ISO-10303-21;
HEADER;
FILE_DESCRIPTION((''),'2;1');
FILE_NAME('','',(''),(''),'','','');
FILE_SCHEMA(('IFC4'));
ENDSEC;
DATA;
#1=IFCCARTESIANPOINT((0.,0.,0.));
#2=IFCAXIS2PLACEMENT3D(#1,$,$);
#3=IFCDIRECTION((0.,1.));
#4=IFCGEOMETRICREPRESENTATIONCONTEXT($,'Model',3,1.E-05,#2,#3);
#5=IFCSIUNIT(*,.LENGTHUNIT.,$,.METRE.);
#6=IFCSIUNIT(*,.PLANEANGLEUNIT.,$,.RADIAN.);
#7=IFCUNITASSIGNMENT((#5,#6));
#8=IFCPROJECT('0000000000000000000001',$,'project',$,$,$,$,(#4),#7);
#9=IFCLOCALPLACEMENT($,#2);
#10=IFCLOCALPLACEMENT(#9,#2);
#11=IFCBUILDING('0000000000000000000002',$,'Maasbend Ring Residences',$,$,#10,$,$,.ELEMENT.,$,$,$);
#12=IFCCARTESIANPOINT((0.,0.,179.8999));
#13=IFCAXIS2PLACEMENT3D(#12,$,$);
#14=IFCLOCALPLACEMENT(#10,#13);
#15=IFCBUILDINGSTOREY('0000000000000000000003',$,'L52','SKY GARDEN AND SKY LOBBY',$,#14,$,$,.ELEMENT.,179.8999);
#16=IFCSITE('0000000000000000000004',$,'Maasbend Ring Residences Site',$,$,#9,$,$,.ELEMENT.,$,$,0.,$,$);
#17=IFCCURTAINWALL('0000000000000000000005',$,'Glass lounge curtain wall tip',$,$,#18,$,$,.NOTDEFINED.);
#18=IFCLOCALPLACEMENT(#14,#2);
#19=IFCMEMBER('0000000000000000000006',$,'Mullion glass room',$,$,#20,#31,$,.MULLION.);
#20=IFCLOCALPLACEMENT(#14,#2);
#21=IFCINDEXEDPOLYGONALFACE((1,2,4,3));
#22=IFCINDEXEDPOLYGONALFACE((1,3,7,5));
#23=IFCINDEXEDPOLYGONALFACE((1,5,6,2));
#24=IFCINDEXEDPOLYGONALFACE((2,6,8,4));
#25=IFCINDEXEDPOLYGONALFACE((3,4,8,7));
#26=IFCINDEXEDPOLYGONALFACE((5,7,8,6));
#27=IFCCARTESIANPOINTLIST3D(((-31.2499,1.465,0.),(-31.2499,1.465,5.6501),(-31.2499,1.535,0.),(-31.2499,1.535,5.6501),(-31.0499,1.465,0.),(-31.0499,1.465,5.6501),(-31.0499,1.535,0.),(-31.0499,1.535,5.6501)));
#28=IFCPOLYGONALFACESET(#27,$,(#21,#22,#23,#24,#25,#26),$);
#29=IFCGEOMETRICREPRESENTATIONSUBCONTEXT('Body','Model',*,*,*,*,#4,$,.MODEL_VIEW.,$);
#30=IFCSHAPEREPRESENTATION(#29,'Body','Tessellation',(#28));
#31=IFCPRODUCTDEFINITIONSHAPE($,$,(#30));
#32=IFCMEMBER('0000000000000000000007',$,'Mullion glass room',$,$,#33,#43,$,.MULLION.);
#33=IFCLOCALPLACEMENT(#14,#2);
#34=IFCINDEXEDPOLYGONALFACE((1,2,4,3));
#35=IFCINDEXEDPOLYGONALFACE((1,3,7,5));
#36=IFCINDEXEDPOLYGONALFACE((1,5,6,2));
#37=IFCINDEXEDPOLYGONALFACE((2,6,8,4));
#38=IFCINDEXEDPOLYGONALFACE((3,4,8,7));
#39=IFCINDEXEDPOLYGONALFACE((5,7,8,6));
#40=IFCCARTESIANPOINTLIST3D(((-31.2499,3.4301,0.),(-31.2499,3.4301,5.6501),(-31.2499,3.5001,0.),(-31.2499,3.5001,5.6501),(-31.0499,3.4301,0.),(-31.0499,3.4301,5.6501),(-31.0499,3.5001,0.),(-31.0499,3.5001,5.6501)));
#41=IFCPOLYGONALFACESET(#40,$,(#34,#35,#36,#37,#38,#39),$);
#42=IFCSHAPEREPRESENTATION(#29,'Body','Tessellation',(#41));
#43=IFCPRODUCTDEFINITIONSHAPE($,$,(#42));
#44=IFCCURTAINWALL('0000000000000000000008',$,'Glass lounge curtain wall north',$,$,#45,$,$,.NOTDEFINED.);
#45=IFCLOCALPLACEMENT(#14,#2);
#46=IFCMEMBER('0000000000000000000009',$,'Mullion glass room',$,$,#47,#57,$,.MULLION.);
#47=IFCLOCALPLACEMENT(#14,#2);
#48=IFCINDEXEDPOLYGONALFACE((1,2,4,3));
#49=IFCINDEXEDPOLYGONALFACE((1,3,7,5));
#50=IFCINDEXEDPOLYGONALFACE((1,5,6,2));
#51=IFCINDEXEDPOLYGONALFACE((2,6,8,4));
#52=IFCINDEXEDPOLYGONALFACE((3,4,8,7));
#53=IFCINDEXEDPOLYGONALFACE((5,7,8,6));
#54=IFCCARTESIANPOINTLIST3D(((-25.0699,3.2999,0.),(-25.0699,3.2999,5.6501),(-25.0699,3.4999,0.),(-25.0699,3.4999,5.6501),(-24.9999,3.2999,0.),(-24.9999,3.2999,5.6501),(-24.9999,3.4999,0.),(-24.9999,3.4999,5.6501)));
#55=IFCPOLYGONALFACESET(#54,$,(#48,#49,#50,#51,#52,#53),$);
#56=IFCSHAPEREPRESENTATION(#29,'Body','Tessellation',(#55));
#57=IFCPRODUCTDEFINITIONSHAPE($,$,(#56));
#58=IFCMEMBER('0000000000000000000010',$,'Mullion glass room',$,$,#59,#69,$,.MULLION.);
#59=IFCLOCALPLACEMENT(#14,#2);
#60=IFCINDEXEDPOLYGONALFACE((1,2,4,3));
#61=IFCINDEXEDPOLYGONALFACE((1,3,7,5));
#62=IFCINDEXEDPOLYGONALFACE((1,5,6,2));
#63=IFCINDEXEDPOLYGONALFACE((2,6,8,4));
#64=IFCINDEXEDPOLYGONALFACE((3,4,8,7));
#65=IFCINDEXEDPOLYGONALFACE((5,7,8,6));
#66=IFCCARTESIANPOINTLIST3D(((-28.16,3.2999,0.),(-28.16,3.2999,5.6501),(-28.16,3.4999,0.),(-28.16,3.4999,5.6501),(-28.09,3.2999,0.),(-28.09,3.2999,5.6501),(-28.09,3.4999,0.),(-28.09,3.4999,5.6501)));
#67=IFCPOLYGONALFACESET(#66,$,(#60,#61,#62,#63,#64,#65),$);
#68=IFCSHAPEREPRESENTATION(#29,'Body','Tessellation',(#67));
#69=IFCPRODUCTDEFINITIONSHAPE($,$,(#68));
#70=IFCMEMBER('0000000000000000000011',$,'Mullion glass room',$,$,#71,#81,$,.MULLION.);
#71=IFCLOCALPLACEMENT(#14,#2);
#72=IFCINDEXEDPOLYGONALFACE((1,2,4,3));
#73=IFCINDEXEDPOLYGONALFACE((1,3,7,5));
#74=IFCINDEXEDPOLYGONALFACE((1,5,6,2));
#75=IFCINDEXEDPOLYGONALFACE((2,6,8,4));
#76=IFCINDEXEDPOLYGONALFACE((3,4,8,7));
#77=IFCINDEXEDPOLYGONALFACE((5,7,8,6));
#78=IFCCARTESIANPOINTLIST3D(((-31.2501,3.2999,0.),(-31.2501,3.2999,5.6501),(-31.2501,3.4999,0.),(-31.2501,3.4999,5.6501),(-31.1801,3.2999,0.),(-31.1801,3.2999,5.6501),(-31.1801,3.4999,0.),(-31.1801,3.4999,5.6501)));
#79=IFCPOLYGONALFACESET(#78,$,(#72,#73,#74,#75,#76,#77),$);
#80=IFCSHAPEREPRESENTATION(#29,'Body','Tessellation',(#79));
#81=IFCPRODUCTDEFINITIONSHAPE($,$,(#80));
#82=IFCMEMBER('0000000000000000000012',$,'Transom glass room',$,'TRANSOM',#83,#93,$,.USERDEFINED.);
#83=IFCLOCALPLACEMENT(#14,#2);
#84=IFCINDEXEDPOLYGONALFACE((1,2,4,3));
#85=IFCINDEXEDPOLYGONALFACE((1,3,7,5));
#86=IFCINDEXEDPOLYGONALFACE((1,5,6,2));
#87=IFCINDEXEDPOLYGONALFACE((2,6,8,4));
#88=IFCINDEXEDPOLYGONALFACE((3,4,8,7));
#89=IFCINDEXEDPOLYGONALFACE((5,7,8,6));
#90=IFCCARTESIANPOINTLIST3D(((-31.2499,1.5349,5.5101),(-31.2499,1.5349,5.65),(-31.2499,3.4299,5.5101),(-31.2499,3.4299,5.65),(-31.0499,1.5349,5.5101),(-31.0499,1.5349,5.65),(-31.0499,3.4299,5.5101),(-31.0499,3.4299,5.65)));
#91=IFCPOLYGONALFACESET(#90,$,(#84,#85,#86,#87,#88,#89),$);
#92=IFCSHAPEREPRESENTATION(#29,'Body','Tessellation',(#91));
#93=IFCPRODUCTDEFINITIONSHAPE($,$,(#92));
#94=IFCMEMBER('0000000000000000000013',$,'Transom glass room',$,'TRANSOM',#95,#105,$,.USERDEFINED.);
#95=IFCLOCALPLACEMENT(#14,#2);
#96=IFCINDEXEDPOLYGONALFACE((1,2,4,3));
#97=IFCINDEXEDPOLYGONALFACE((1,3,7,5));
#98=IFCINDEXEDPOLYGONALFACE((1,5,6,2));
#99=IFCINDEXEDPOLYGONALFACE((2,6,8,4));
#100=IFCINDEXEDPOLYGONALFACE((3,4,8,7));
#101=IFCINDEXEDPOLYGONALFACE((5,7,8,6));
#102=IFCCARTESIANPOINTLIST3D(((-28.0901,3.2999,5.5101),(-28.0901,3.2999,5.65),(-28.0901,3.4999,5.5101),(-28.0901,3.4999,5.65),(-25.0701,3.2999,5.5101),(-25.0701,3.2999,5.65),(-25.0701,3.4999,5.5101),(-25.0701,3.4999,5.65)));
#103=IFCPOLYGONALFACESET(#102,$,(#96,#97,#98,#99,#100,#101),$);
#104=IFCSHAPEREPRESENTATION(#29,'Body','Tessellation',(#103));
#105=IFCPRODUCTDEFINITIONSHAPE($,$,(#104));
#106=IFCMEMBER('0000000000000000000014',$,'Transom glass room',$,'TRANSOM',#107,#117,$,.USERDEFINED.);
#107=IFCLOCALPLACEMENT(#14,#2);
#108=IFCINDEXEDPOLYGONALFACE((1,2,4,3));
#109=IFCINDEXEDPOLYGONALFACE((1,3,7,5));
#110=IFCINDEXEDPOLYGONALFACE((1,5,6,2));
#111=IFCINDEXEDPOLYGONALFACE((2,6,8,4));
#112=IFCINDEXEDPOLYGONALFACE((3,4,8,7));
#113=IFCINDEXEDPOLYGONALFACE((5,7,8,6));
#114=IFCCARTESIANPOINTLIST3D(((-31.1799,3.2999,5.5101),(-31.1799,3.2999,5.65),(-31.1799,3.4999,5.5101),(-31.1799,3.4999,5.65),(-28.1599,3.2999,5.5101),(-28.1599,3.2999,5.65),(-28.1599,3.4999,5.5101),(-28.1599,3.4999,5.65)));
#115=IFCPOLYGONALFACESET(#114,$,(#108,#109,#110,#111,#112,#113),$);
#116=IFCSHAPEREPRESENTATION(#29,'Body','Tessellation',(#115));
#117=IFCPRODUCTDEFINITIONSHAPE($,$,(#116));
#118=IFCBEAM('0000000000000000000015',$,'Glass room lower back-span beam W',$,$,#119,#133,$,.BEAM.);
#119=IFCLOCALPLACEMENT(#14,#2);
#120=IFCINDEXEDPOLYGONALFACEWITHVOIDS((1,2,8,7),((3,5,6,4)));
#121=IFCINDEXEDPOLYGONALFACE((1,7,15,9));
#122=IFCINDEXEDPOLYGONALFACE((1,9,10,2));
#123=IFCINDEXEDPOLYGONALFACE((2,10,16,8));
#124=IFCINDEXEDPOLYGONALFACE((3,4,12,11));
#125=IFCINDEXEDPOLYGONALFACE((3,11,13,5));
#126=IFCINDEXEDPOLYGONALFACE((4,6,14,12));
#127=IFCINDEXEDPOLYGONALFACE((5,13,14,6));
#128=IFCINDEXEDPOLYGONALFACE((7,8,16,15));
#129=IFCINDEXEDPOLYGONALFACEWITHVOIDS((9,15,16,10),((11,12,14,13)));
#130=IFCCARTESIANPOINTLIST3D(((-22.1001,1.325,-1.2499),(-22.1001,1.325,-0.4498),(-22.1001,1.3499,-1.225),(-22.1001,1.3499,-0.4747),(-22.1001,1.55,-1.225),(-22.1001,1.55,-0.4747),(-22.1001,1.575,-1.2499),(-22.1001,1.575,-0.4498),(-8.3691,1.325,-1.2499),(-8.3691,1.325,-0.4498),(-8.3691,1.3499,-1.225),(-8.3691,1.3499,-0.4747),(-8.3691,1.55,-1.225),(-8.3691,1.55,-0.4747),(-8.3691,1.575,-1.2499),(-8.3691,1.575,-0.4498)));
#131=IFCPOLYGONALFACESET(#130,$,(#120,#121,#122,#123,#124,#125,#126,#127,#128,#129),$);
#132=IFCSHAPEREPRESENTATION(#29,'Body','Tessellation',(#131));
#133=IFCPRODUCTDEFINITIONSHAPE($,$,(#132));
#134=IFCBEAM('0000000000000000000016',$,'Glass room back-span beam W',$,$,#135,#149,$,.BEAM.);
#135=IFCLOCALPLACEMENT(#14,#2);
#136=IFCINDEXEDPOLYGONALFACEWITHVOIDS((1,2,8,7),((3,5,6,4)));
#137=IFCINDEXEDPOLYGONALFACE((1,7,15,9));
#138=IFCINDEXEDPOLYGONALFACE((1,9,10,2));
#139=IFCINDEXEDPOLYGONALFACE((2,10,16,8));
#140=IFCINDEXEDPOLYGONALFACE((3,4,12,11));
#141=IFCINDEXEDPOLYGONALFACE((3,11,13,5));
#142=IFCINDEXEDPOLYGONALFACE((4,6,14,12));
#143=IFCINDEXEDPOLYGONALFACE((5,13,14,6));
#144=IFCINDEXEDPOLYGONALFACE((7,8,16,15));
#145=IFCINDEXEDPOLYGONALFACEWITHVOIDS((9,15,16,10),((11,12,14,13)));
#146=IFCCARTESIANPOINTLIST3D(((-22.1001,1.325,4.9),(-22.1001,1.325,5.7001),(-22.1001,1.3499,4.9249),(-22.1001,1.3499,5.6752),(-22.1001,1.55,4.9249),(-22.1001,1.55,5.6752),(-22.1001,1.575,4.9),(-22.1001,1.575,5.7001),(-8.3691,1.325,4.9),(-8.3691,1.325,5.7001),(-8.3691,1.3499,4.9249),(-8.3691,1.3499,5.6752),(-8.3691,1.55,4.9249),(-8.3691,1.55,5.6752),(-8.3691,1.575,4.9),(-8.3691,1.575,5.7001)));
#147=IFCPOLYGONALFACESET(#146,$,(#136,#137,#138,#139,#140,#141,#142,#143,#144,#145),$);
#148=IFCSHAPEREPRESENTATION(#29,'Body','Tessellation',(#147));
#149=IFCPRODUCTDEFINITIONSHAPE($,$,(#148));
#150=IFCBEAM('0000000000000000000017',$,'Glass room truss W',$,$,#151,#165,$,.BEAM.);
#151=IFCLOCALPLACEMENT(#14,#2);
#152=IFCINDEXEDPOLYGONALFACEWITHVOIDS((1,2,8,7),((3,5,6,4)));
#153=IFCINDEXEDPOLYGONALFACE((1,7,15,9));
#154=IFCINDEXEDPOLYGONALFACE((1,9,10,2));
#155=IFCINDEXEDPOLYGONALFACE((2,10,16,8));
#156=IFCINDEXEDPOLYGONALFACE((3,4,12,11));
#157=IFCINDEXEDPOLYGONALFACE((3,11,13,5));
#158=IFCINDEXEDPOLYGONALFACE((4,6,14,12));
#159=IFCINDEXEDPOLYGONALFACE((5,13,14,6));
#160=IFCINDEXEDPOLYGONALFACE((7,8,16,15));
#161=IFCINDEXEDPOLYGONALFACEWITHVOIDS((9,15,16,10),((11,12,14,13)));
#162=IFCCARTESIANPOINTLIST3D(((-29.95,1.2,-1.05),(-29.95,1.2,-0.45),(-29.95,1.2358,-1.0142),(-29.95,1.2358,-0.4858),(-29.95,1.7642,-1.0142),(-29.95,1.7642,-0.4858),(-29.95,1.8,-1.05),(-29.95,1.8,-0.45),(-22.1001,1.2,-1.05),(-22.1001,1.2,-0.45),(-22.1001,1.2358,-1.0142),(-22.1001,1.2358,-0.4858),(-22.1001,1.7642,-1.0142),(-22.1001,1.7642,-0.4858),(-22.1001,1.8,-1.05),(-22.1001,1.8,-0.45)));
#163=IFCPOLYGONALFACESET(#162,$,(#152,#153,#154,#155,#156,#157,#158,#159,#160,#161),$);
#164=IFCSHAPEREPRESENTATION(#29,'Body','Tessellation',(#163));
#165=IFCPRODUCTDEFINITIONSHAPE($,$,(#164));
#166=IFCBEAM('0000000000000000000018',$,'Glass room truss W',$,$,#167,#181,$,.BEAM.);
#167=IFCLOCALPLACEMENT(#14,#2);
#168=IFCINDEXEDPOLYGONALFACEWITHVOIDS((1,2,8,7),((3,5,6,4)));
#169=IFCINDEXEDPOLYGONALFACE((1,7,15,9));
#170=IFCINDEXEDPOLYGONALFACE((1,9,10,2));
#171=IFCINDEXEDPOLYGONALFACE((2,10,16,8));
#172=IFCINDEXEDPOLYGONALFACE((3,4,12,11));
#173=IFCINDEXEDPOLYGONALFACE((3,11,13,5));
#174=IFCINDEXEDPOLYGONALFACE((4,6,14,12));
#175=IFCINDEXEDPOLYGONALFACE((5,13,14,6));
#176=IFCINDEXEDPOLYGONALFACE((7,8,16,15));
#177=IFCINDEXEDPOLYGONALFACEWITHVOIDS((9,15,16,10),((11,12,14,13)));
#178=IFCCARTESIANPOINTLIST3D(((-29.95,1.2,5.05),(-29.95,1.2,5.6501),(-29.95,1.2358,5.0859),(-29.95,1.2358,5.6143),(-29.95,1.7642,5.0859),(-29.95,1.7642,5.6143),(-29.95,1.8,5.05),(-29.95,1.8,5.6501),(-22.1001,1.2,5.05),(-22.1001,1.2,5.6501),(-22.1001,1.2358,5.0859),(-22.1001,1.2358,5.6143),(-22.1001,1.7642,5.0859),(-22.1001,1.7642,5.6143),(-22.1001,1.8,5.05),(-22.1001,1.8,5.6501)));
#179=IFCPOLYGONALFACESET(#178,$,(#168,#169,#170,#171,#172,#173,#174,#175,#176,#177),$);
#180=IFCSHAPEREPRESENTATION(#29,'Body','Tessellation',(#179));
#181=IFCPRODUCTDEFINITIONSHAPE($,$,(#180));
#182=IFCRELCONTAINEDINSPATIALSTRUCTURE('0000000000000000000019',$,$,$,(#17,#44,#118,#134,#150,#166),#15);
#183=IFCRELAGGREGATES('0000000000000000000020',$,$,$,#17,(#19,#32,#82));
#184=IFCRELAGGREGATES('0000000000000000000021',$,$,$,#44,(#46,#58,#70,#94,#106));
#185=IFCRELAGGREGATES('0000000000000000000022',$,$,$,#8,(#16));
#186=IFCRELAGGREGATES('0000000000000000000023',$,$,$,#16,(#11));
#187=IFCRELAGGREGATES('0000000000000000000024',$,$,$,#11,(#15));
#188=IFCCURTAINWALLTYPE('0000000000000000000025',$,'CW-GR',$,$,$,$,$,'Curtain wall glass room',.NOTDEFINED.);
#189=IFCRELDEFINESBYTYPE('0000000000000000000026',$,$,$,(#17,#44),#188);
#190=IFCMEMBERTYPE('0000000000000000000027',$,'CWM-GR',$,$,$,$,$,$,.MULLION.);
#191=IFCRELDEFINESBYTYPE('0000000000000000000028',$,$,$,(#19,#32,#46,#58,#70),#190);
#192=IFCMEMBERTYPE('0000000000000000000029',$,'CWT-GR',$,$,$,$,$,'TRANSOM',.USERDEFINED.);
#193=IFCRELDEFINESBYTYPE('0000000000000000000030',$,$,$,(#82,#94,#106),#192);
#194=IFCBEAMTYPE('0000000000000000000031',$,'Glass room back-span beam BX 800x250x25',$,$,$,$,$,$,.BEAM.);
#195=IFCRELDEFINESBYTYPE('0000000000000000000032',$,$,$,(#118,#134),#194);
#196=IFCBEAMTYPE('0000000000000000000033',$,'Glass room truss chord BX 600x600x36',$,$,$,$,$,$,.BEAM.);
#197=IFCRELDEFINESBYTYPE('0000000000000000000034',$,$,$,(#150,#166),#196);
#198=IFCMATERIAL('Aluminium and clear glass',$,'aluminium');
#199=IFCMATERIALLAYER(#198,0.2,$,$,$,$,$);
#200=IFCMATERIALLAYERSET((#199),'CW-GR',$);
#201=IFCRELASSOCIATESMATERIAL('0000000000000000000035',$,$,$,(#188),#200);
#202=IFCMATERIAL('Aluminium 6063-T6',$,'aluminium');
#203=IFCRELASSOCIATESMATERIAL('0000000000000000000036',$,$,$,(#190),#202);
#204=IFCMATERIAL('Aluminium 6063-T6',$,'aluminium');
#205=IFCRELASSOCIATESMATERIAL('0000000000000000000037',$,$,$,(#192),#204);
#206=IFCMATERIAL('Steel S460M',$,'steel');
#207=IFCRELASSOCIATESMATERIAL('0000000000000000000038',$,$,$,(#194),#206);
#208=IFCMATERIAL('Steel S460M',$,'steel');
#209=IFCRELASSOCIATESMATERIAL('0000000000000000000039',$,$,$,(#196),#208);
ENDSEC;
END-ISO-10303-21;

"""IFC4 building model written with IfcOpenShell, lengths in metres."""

from ifc_helpers import new_model, si_unit, direction, frame, origin, origin_2d, place, context, subcontext, project, spatial, rectangle, hollow_rectangle, extrude, material, layer, layer_set, material_profile, profile_set, type_object, element, aggregate, save


model = new_model("IFC4")

# Units and contexts
model_context = context("Model", 3, precision=1e-05, world=origin(), true_north=direction((0.0, 1.0)))
body_context = subcontext(model_context, "Body", "Model", "MODEL_VIEW")
ifc_project = project(units=[si_unit("LENGTHUNIT", "METRE"), si_unit("PLANEANGLEUNIT", "RADIAN")], contexts=[model_context])

# Site, building, storey
site_placement = place(None, origin())
site = spatial("IfcSite", under=ifc_project, at=site_placement, Name="Maasbend Ring Residences Site", CompositionType="ELEMENT", RefElevation=0.0)
building_placement = place(site_placement, origin())
building = spatial("IfcBuilding", under=site, at=building_placement, Name="Maasbend Ring Residences", CompositionType="ELEMENT")
storey_placement = place(building_placement, frame((0.0, 0.0, 179.8999)))
storey = spatial("IfcBuildingStorey", under=building, at=storey_placement, Name="L52", Description="SKY GARDEN AND SKY LOBBY", CompositionType="ELEMENT", Elevation=179.8999)

# Curtain walls, members
ifc_material_1 = material(Name="Aluminium and clear glass", Category="aluminium")
ifc_layer_1 = layer(ifc_material_1, 0.2)
ifc_layer_set_1 = layer_set([ifc_layer_1], Name="CW-GR")
curtain_wall_type = type_object("IfcCurtainWallType", Name="CW-GR", ElementType="Curtain wall glass room", PredefinedType="NOTDEFINED", material=ifc_layer_set_1)
curtain_wall_1_placement = place(storey_placement, origin())
curtain_wall_1 = element("IfcCurtainWall", 1, at=curtain_wall_1_placement, inside=storey, type_object=curtain_wall_type, Name="Glass lounge curtain wall tip", PredefinedType="NOTDEFINED")
ifc_material_2 = material(Name="Aluminium 6063-T6", Category="aluminium")
ifc_material_profile_1 = material_profile(ifc_material_2, rectangle(XDim=0.2, YDim=0.0701, at=origin_2d()), Name="AL 200x70")
ifc_profile_set_1 = profile_set([ifc_material_profile_1], Name="Aluminium 6063-T6")
member_type_1 = type_object("IfcMemberType", Name="CWM-GR", PredefinedType="MULLION", material=ifc_profile_set_1)
member_1_placement = place(storey_placement, frame((-31.1499, 1.5, 0.0), z_axis=(0.0, 0.0, 1.0), x_axis=(-1.0, 0.0, 0.0)))
member_1 = element("IfcMember", 2, at=member_1_placement, type_object=member_type_1, Name="Mullion glass room", PredefinedType="MULLION", context=body_context, shape_type="SweptSolid", body=[
    extrude(rectangle(XDim=0.2, YDim=0.0701, at=origin_2d()), origin(), (0.0, 0.0, 1.0), 5.6501),
])
member_2_placement = place(storey_placement, frame((-31.1499, 3.4651, 0.0), z_axis=(0.0, 0.0, 1.0), x_axis=(-1.0, 0.0, 0.0)))
member_2 = element("IfcMember", 3, at=member_2_placement, type_object=member_type_1, Name="Mullion glass room", PredefinedType="MULLION", context=body_context, shape_type="SweptSolid", body=[
    extrude(rectangle(XDim=0.2, YDim=0.0701, at=origin_2d()), origin(), (0.0, 0.0, 1.0), 5.6501),
])
curtain_wall_2_placement = place(storey_placement, origin())
curtain_wall_2 = element("IfcCurtainWall", 4, at=curtain_wall_2_placement, inside=storey, type_object=curtain_wall_type, Name="Glass lounge curtain wall north", PredefinedType="NOTDEFINED")
member_3_placement = place(storey_placement, frame((-25.0349, 3.3999, 0.0), z_axis=(0.0, 0.0, 1.0), x_axis=(0.0, -1.0, 0.0)))
member_3 = element("IfcMember", 5, at=member_3_placement, type_object=member_type_1, Name="Mullion glass room", PredefinedType="MULLION", context=body_context, shape_type="SweptSolid", body=[
    extrude(rectangle(XDim=0.2, YDim=0.0701, at=origin_2d()), origin(), (0.0, 0.0, 1.0), 5.6501),
])
member_4_placement = place(storey_placement, frame((-28.125, 3.3999, 0.0), z_axis=(0.0, 0.0, 1.0), x_axis=(0.0, -1.0, 0.0)))
member_4 = element("IfcMember", 6, at=member_4_placement, type_object=member_type_1, Name="Mullion glass room", PredefinedType="MULLION", context=body_context, shape_type="SweptSolid", body=[
    extrude(rectangle(XDim=0.2, YDim=0.0701, at=origin_2d()), origin(), (0.0, 0.0, 1.0), 5.6501),
])
member_5_placement = place(storey_placement, frame((-31.2151, 3.3999, 0.0), z_axis=(0.0, 0.0, 1.0), x_axis=(0.0, -1.0, 0.0)))
member_5 = element("IfcMember", 7, at=member_5_placement, type_object=member_type_1, Name="Mullion glass room", PredefinedType="MULLION", context=body_context, shape_type="SweptSolid", body=[
    extrude(rectangle(XDim=0.2, YDim=0.0701, at=origin_2d()), origin(), (0.0, 0.0, 1.0), 5.6501),
])

# Members
ifc_material_3 = material(Name="Aluminium 6063-T6", Category="aluminium")
ifc_material_profile_2 = material_profile(ifc_material_3, rectangle(XDim=0.2, YDim=0.1399, at=origin_2d()), Name="AL 200x140")
ifc_profile_set_2 = profile_set([ifc_material_profile_2], Name="Aluminium 6063-T6")
member_type_2 = type_object("IfcMemberType", Name="CWT-GR", ElementType="TRANSOM", PredefinedType="USERDEFINED", material=ifc_profile_set_2)
member_6_placement = place(storey_placement, frame((-31.1499, 1.5349, 5.5801), z_axis=(0.0, 1.0, 0.0), x_axis=(-1.0, 0.0, 0.0)))
member_6 = element("IfcMember", 8, at=member_6_placement, type_object=member_type_2, Name="Transom glass room", ObjectType="TRANSOM", PredefinedType="USERDEFINED", context=body_context, shape_type="SweptSolid", body=[
    extrude(rectangle(XDim=0.2, YDim=0.1399, at=origin_2d()), origin(), (0.0, 0.0, 1.0), 1.895),
])
member_7_placement = place(storey_placement, frame((-25.0701, 3.3999, 5.5801), z_axis=(-1.0, 0.0, 0.0), x_axis=(0.0, -1.0, 0.0)))
member_7 = element("IfcMember", 9, at=member_7_placement, type_object=member_type_2, Name="Transom glass room", ObjectType="TRANSOM", PredefinedType="USERDEFINED", context=body_context, shape_type="SweptSolid", body=[
    extrude(rectangle(XDim=0.2, YDim=0.1399, at=origin_2d()), origin(), (0.0, 0.0, 1.0), 3.02),
])
member_8_placement = place(storey_placement, frame((-28.1599, 3.3999, 5.5801), z_axis=(-1.0, 0.0, 0.0), x_axis=(0.0, -1.0, 0.0)))
member_8 = element("IfcMember", 10, at=member_8_placement, type_object=member_type_2, Name="Transom glass room", ObjectType="TRANSOM", PredefinedType="USERDEFINED", context=body_context, shape_type="SweptSolid", body=[
    extrude(rectangle(XDim=0.2, YDim=0.1399, at=origin_2d()), origin(), (0.0, 0.0, 1.0), 3.02),
])

# Beams
ifc_material_4 = material(Name="Steel S460M", Category="steel")
ifc_material_profile_3 = material_profile(ifc_material_4, hollow_rectangle(XDim=0.25, YDim=0.8, WallThickness=0.0249, at=origin_2d()), Name="Glass room back-span beam BX 800x250x25")
ifc_profile_set_3 = profile_set([ifc_material_profile_3], Name="Steel S460M")
beam_type_1 = type_object("IfcBeamType", Name="Glass room back-span beam BX 800x250x25", PredefinedType="BEAM", material=ifc_profile_set_3)
for number, where, z_axis, x_axis, name in (
    (11, (-22.1001, 1.45, -0.8499), (1.0, 0.0, 0.0), (0.0, 1.0, 0.0), "Glass room lower back-span beam W"),
    (12, (-22.1001, 1.45, 5.3), (1.0, 0.0, 0.0), (0.0, 1.0, 0.0), "Glass room back-span beam W"),
):
    element("IfcBeam", number, at=place(storey_placement, frame(where, z_axis=z_axis, x_axis=x_axis)), inside=storey, type_object=beam_type_1, Name=name, PredefinedType="BEAM", context=body_context, shape_type="SweptSolid", body=[
        extrude(hollow_rectangle(XDim=0.25, YDim=0.8, WallThickness=0.0249, at=origin_2d()), origin(), (0.0, 0.0, 1.0), 13.731),
    ])
ifc_material_5 = material(Name="Steel S460M", Category="steel")
ifc_material_profile_4 = material_profile(ifc_material_5, hollow_rectangle(XDim=0.6001, YDim=0.6001, WallThickness=0.0359, at=origin_2d()), Name="Glass room truss chord BX 600x600x36")
ifc_profile_set_4 = profile_set([ifc_material_profile_4], Name="Steel S460M")
beam_type_2 = type_object("IfcBeamType", Name="Glass room truss chord BX 600x600x36", PredefinedType="BEAM", material=ifc_profile_set_4)
for number, where, z_axis, x_axis, name in (
    (13, (-22.1001, 1.5, -0.75), (-1.0, 0.0, 0.0), (0.0, -1.0, 0.0), "Glass room truss W"),
    (14, (-22.1001, 1.5, 5.3501), (-1.0, 0.0, 0.0), (0.0, -1.0, 0.0), "Glass room truss W"),
):
    element("IfcBeam", number, at=place(storey_placement, frame(where, z_axis=z_axis, x_axis=x_axis)), inside=storey, type_object=beam_type_2, Name=name, PredefinedType="BEAM", context=body_context, shape_type="SweptSolid", body=[
        extrude(hollow_rectangle(XDim=0.6001, YDim=0.6001, WallThickness=0.0359, at=origin_2d()), origin(), (0.0, 0.0, 1.0), 7.8499),
    ])

aggregate(curtain_wall_1, [member_1, member_2, member_6])
aggregate(curtain_wall_2, [member_3, member_4, member_5, member_7, member_8])

save(model, "model.ifc")
